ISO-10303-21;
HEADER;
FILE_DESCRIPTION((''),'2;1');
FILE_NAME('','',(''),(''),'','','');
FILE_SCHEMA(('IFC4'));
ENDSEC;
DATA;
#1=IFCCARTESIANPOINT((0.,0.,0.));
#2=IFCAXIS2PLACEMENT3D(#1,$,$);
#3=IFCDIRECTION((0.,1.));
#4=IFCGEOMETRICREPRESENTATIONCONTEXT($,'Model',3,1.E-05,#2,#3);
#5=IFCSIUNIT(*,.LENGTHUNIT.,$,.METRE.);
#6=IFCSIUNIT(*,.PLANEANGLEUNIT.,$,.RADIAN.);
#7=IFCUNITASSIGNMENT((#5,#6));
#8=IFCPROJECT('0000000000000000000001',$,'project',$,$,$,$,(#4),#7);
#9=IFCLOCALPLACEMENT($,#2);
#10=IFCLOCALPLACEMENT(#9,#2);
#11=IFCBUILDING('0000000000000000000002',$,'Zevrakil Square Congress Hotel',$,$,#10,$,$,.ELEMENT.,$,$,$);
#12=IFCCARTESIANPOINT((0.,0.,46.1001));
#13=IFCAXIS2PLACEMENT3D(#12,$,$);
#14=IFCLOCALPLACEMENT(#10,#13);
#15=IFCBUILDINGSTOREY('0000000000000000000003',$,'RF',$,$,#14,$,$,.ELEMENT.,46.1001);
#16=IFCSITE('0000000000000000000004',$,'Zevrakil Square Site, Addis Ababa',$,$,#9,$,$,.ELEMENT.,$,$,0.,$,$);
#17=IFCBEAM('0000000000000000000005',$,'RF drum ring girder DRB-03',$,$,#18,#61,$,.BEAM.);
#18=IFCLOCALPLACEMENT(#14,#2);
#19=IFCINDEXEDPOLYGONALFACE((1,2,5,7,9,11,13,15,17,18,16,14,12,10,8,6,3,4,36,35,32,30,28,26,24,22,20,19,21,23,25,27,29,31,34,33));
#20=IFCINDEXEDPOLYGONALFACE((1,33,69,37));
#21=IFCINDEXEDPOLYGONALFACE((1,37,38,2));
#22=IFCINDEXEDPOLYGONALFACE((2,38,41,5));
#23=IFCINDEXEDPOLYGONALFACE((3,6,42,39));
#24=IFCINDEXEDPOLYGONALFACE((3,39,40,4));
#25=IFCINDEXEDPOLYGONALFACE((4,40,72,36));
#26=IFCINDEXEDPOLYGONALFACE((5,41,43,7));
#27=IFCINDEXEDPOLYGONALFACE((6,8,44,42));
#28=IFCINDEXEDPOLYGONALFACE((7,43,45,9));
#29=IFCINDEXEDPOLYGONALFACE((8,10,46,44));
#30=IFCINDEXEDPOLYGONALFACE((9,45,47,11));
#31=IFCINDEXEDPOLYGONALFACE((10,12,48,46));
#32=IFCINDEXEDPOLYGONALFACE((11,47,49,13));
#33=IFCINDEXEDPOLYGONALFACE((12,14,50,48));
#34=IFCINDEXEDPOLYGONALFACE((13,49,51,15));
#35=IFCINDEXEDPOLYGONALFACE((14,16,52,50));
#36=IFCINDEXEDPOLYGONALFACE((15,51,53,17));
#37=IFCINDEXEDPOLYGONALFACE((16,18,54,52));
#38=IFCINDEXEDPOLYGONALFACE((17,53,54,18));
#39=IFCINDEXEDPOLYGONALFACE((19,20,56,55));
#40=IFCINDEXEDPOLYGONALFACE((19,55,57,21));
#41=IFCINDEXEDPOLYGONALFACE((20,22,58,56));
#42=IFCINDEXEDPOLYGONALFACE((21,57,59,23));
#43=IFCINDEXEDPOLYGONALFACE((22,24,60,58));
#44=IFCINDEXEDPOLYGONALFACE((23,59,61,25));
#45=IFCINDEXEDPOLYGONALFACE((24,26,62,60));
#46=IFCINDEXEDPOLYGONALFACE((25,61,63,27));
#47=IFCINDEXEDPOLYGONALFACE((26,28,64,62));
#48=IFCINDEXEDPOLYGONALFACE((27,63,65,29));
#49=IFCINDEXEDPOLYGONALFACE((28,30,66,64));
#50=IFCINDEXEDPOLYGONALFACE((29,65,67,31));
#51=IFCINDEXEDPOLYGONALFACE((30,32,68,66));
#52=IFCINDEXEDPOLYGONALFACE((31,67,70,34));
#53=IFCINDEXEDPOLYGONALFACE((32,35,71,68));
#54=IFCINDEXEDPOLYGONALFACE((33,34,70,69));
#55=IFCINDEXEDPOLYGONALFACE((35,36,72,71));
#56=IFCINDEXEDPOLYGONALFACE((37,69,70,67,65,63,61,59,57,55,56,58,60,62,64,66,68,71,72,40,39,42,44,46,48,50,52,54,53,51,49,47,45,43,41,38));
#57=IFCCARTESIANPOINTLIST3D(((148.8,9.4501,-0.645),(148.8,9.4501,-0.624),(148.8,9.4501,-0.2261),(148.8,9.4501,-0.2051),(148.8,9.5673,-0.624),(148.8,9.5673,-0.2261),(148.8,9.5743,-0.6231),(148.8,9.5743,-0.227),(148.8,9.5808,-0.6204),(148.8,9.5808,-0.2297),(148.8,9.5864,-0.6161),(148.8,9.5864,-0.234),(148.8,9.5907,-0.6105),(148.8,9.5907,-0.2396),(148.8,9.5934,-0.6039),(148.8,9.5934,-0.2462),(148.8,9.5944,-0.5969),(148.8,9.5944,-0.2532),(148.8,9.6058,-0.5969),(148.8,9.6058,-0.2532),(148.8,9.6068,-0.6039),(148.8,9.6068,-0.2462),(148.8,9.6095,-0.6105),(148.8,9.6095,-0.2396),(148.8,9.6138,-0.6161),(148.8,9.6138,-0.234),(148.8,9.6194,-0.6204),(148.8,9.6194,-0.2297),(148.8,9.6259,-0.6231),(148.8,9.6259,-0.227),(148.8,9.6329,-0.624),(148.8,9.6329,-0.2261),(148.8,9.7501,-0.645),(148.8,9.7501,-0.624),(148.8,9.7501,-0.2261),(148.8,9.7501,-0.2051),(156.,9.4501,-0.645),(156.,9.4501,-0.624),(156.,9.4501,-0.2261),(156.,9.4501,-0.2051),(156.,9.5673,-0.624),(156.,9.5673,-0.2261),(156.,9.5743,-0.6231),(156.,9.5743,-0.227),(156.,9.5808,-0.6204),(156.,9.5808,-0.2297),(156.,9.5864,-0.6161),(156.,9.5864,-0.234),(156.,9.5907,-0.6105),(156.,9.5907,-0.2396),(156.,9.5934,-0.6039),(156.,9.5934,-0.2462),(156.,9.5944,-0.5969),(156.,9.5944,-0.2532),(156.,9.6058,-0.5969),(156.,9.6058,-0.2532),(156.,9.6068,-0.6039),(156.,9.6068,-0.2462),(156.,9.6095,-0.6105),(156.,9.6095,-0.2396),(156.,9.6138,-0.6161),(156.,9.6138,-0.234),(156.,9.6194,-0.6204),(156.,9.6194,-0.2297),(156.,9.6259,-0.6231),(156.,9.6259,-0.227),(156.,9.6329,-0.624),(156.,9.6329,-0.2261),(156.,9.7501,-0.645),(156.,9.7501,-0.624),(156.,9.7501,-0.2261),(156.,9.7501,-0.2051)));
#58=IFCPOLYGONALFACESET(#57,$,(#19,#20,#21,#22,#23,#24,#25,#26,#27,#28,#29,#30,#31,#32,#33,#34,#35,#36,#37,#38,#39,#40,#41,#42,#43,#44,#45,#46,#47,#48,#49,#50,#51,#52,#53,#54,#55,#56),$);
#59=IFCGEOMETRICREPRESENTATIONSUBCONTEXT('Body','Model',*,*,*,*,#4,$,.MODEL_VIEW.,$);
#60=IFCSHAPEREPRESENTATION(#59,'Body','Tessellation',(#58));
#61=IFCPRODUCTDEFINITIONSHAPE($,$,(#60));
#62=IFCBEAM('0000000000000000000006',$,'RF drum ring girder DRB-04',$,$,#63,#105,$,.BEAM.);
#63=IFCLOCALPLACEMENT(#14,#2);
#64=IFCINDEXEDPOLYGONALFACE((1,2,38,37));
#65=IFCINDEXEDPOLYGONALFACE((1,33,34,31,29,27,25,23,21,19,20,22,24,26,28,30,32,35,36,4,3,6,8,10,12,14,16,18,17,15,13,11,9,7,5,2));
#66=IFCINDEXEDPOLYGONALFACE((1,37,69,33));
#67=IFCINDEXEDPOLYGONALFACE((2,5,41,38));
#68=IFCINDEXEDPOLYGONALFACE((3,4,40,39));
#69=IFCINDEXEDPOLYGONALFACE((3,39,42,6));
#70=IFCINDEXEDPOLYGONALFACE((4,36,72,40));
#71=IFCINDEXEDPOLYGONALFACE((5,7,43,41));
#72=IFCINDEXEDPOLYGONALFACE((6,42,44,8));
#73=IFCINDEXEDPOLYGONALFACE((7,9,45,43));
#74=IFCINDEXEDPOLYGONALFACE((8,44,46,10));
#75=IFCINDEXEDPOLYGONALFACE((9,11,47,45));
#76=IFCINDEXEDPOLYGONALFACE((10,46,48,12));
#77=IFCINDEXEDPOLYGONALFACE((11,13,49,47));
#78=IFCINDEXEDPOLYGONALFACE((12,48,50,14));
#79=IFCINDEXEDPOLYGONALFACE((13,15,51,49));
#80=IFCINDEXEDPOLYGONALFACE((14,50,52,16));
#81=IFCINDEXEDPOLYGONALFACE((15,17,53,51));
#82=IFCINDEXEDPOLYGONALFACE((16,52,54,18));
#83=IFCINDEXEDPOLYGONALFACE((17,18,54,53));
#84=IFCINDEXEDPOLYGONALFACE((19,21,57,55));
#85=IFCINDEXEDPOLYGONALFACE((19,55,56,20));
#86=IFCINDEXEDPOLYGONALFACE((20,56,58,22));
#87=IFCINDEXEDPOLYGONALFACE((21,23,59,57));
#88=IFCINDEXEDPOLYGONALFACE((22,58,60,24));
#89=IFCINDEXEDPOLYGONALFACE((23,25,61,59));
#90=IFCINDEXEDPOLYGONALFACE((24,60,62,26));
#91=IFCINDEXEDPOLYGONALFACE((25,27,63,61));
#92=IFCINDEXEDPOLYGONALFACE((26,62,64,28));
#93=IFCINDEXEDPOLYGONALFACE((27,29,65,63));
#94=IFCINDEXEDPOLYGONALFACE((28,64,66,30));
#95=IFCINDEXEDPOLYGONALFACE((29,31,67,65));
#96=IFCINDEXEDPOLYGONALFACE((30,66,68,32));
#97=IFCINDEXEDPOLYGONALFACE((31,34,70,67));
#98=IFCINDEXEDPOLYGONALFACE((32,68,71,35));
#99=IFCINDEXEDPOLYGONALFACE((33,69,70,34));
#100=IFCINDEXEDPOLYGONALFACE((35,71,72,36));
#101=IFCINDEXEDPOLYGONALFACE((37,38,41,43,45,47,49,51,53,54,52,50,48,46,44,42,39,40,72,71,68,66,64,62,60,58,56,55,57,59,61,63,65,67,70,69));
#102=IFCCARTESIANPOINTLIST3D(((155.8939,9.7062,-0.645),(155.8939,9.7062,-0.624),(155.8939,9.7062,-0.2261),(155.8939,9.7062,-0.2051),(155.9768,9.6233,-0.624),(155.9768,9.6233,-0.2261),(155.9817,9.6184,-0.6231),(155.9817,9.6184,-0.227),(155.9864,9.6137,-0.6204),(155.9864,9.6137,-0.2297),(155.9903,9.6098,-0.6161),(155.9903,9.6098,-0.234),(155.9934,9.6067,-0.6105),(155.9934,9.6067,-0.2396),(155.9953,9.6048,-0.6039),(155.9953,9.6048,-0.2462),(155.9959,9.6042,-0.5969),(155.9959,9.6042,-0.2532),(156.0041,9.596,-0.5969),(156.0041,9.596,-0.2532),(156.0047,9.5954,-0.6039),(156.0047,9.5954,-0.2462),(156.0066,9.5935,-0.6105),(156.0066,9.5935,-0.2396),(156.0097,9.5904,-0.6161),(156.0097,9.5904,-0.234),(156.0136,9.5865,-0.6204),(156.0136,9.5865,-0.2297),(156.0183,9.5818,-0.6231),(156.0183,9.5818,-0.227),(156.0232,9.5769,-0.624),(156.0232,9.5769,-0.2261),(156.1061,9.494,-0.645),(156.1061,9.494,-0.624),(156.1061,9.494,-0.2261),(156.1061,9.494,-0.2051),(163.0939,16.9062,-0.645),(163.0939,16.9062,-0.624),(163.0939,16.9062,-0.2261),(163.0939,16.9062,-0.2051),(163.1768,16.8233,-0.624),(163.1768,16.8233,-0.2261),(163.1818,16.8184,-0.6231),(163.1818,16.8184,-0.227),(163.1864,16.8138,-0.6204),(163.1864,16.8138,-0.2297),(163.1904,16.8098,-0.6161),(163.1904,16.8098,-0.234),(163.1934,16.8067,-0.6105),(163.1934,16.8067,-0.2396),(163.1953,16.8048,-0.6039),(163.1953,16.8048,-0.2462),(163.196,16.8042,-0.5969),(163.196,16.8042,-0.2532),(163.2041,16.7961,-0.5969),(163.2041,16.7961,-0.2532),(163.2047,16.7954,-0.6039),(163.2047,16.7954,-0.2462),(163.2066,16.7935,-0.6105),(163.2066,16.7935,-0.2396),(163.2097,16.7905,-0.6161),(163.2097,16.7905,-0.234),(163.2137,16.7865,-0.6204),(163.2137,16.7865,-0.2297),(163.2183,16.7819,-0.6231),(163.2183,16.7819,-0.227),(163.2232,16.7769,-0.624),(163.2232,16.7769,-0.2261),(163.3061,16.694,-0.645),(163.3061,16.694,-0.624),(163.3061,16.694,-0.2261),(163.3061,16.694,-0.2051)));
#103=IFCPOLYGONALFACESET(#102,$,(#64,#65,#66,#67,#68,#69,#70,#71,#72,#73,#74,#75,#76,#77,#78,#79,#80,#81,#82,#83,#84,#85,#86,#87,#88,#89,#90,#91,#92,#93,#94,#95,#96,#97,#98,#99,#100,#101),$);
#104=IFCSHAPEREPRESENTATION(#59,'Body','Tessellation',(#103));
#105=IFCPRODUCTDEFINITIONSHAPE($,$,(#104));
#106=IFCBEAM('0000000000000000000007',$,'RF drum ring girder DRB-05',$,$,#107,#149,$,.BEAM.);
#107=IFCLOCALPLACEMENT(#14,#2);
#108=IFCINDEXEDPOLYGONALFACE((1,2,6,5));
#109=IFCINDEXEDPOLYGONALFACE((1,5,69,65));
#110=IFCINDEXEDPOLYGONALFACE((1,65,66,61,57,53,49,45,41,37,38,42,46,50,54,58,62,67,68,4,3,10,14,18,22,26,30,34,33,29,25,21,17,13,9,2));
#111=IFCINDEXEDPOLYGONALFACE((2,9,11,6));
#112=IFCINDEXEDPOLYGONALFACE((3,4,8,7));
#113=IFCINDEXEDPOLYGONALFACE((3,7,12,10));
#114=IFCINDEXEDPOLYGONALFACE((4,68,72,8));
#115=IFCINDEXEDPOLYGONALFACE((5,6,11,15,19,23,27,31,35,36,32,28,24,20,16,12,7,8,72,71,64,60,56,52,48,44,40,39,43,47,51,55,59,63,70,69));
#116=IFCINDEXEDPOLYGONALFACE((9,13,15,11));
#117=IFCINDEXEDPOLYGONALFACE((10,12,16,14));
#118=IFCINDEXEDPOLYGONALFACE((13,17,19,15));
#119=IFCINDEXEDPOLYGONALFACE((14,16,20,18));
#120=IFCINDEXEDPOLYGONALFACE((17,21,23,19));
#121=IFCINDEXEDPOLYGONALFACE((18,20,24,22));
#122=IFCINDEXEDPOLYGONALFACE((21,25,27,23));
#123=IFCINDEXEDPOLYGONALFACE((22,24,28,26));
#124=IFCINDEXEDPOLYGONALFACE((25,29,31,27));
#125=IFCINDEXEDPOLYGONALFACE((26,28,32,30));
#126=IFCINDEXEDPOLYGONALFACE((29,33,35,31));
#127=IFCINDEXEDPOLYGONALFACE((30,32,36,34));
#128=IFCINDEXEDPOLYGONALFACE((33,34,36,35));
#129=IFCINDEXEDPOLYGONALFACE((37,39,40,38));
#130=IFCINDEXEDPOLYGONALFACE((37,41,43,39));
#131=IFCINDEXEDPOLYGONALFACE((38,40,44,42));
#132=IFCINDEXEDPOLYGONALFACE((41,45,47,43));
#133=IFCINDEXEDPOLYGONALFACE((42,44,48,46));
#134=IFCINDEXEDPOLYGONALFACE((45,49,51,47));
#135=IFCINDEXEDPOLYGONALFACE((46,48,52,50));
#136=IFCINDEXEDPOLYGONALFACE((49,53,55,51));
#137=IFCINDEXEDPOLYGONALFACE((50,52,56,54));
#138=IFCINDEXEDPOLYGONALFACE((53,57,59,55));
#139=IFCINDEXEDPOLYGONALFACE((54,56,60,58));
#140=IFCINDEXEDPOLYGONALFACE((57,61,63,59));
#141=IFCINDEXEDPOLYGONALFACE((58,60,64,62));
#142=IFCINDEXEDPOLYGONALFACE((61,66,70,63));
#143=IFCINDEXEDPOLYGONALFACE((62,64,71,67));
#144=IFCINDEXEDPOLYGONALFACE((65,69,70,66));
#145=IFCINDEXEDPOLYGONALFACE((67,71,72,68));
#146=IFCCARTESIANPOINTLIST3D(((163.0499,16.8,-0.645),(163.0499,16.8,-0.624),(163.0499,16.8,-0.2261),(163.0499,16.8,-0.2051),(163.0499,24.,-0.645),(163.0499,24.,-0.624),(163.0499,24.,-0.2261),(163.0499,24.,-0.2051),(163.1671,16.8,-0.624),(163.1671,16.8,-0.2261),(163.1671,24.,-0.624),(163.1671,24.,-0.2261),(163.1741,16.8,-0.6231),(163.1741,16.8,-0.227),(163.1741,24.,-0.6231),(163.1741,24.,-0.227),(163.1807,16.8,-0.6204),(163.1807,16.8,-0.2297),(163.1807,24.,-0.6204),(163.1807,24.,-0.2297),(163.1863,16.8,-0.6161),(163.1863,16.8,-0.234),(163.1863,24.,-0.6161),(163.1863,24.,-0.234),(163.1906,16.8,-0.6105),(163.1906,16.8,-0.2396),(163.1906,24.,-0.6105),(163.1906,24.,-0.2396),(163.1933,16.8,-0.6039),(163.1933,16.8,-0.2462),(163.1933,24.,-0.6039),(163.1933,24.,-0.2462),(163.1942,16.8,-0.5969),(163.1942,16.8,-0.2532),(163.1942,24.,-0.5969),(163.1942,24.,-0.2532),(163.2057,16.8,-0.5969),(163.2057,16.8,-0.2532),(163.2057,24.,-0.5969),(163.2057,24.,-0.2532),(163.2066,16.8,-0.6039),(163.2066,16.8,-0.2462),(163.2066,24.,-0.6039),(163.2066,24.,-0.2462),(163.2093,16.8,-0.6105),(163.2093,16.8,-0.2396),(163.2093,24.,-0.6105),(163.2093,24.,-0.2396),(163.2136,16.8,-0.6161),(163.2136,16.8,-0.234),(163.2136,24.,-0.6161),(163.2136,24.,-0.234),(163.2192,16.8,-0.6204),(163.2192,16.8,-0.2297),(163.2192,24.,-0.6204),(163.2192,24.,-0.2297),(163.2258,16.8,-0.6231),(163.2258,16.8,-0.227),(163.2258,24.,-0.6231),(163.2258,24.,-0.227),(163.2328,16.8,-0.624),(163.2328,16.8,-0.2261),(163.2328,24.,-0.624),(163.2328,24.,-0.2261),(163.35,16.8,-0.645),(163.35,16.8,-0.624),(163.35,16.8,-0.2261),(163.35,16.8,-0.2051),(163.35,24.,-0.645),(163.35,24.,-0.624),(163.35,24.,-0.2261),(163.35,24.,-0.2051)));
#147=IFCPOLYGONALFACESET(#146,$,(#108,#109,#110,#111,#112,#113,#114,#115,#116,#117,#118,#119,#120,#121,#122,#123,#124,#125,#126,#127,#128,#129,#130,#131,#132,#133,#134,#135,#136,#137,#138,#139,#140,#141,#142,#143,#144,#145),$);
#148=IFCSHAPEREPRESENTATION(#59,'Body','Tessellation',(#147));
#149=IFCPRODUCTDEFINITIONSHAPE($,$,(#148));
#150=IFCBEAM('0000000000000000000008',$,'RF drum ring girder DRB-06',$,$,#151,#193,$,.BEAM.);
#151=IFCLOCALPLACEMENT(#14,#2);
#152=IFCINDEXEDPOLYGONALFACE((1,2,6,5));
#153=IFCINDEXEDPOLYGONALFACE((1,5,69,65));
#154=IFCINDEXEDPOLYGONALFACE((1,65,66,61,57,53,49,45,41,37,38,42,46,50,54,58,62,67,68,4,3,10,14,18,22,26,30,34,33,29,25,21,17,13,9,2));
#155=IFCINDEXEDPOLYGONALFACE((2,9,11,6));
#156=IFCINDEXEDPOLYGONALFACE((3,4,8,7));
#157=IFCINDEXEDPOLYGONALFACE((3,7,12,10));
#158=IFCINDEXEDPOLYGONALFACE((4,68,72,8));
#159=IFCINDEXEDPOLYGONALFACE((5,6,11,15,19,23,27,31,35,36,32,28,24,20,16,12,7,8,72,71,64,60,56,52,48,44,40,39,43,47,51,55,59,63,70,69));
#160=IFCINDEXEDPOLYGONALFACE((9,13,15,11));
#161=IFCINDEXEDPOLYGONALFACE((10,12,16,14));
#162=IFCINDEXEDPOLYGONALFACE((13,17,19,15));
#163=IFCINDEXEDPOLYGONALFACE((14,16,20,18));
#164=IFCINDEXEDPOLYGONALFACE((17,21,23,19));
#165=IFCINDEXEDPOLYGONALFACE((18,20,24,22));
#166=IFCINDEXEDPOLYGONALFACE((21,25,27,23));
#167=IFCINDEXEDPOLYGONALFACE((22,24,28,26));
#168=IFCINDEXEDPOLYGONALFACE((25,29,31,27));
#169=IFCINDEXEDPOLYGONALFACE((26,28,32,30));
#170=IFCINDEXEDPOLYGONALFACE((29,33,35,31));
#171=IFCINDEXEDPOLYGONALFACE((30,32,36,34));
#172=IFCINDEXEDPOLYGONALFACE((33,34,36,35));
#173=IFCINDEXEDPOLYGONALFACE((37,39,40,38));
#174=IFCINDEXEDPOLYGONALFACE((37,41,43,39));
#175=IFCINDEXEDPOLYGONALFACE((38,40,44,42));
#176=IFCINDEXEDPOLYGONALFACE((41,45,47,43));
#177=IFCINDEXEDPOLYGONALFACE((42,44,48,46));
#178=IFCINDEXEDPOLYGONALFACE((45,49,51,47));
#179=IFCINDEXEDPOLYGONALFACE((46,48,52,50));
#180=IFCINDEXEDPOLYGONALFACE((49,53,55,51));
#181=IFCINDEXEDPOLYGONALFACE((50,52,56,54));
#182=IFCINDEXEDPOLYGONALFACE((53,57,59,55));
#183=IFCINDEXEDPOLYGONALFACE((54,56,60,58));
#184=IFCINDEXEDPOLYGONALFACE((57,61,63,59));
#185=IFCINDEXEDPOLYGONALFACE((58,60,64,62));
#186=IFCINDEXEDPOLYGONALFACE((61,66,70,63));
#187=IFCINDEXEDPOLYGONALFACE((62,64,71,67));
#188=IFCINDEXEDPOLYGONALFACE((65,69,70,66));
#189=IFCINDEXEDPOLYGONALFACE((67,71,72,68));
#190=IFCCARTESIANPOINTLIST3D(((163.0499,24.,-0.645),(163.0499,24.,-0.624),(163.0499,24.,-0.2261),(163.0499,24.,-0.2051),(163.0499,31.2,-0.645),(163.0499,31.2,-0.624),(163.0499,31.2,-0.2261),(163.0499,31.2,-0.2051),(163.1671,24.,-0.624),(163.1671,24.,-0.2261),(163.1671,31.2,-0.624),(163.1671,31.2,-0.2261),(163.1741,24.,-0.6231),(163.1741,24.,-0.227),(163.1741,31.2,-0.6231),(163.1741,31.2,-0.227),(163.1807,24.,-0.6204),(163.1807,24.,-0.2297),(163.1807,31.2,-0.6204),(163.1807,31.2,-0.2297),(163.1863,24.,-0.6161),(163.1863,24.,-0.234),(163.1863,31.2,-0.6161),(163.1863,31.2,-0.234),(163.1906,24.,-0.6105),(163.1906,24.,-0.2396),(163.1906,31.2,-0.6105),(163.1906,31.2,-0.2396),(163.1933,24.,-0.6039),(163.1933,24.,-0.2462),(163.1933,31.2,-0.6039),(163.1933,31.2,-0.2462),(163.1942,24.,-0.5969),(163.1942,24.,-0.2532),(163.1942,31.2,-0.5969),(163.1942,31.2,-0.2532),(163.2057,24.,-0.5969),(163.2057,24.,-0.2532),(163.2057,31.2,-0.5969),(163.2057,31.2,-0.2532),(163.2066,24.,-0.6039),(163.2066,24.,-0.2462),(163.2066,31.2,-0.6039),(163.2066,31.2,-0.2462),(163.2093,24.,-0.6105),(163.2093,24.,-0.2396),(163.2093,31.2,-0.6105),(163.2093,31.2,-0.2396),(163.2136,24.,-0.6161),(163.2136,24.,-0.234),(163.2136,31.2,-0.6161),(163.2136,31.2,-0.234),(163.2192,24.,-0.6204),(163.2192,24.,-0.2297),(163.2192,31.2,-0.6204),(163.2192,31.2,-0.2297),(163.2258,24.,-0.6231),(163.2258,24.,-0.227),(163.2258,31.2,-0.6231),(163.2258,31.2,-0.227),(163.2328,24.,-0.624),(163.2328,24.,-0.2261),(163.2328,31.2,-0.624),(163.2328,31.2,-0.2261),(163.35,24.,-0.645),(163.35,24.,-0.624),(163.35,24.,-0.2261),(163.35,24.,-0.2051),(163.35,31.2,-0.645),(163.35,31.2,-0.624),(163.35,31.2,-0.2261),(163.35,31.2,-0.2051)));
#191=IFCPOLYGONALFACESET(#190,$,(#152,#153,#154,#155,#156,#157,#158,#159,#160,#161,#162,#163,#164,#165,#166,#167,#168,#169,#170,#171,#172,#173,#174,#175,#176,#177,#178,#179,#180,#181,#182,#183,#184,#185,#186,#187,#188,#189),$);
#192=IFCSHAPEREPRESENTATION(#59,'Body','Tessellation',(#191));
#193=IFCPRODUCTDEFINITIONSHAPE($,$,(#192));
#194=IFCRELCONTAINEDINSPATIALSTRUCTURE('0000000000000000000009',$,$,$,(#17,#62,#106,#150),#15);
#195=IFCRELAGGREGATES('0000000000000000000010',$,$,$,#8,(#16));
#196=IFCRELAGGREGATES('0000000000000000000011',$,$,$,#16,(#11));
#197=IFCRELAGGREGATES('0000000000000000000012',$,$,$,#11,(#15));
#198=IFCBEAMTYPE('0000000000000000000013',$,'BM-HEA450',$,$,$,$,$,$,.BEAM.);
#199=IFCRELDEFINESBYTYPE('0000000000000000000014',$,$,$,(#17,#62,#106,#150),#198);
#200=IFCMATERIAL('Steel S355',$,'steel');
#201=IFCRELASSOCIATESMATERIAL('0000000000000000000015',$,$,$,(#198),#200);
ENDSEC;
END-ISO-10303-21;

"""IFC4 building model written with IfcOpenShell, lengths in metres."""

from ifc_helpers import new_model, si_unit, direction, frame, origin, origin_2d, place, context, subcontext, project, spatial, i_section, extrude, material, material_profile, profile_set, type_object, element, save


model = new_model("IFC4")

# Units and contexts
model_context = context("Model", 3, precision=1e-05, world=origin(), true_north=direction((0.0, 1.0)))
body_context = subcontext(model_context, "Body", "Model", "MODEL_VIEW")
ifc_project = project(units=[si_unit("LENGTHUNIT", "METRE"), si_unit("PLANEANGLEUNIT", "RADIAN")], contexts=[model_context])

# Site, building, storey
site_placement = place(None, origin())
site = spatial("IfcSite", under=ifc_project, at=site_placement, Name="Zevrakil Square Site, Addis Ababa", CompositionType="ELEMENT", RefElevation=0.0)
building_placement = place(site_placement, origin())
building = spatial("IfcBuilding", under=site, at=building_placement, Name="Zevrakil Square Congress Hotel", CompositionType="ELEMENT")
storey_placement = place(building_placement, frame((0.0, 0.0, 46.1001)))
storey = spatial("IfcBuildingStorey", under=building, at=storey_placement, Name="RF", CompositionType="ELEMENT", Elevation=46.1001)

# Beams
ifc_material_1 = material(Name="Steel S355", Category="steel")
ifc_material_profile_1 = material_profile(ifc_material_1, i_section(OverallWidth=0.3, OverallDepth=0.4399, WebThickness=0.0115, FlangeThickness=0.021, FilletRadius=0.0271, at=origin_2d()), Name="HEA 450")
ifc_profile_set_1 = profile_set([ifc_material_profile_1], Name="Steel S355")
beam_type_1 = type_object("IfcBeamType", Name="BM-HEA450", PredefinedType="BEAM", material=ifc_profile_set_1)
beam_1_placement = place(storey_placement, frame((148.8, 9.6001, -0.425), z_axis=(1.0, 0.0, 0.0), x_axis=(0.0, 1.0, 0.0)))
element("IfcBeam", 1, at=beam_1_placement, inside=storey, type_object=beam_type_1, Name="RF drum ring girder DRB-03", PredefinedType="BEAM", context=body_context, shape_type="SweptSolid", body=[
    extrude(i_section(OverallWidth=0.3, OverallDepth=0.4399, WebThickness=0.0115, FlangeThickness=0.021, FilletRadius=0.0271, at=origin_2d()), origin(), (0.0, 0.0, 1.0), 7.2),
])
beam_2_placement = place(storey_placement, frame((156.0, 9.6001, -0.425), z_axis=(0.707107, 0.707107, 0.0), x_axis=(-0.707107, 0.707107, 0.0)))
element("IfcBeam", 2, at=beam_2_placement, inside=storey, type_object=beam_type_1, Name="RF drum ring girder DRB-04", PredefinedType="BEAM", context=body_context, shape_type="SweptSolid", body=[
    extrude(i_section(OverallWidth=0.3, OverallDepth=0.4399, WebThickness=0.0115, FlangeThickness=0.021, FilletRadius=0.0271, at=origin_2d()), origin(), (0.0, 0.0, 1.0), 10.1824),
])
for number, where, z_axis, x_axis, name in (
    (3, (163.2, 16.8, -0.425), (0.0, 1.0, 0.0), (-1.0, 0.0, 0.0), "RF drum ring girder DRB-05"),
    (4, (163.2, 24.0, -0.425), (0.0, 1.0, 0.0), (-1.0, 0.0, 0.0), "RF drum ring girder DRB-06"),
):
    element("IfcBeam", number, at=place(storey_placement, frame(where, z_axis=z_axis, x_axis=x_axis)), inside=storey, type_object=beam_type_1, Name=name, PredefinedType="BEAM", context=body_context, shape_type="SweptSolid", body=[
        extrude(i_section(OverallWidth=0.3, OverallDepth=0.4399, WebThickness=0.0115, FlangeThickness=0.021, FilletRadius=0.0271, at=origin_2d()), origin(), (0.0, 0.0, 1.0), 7.2),
    ])

save(model, "model.ifc")
